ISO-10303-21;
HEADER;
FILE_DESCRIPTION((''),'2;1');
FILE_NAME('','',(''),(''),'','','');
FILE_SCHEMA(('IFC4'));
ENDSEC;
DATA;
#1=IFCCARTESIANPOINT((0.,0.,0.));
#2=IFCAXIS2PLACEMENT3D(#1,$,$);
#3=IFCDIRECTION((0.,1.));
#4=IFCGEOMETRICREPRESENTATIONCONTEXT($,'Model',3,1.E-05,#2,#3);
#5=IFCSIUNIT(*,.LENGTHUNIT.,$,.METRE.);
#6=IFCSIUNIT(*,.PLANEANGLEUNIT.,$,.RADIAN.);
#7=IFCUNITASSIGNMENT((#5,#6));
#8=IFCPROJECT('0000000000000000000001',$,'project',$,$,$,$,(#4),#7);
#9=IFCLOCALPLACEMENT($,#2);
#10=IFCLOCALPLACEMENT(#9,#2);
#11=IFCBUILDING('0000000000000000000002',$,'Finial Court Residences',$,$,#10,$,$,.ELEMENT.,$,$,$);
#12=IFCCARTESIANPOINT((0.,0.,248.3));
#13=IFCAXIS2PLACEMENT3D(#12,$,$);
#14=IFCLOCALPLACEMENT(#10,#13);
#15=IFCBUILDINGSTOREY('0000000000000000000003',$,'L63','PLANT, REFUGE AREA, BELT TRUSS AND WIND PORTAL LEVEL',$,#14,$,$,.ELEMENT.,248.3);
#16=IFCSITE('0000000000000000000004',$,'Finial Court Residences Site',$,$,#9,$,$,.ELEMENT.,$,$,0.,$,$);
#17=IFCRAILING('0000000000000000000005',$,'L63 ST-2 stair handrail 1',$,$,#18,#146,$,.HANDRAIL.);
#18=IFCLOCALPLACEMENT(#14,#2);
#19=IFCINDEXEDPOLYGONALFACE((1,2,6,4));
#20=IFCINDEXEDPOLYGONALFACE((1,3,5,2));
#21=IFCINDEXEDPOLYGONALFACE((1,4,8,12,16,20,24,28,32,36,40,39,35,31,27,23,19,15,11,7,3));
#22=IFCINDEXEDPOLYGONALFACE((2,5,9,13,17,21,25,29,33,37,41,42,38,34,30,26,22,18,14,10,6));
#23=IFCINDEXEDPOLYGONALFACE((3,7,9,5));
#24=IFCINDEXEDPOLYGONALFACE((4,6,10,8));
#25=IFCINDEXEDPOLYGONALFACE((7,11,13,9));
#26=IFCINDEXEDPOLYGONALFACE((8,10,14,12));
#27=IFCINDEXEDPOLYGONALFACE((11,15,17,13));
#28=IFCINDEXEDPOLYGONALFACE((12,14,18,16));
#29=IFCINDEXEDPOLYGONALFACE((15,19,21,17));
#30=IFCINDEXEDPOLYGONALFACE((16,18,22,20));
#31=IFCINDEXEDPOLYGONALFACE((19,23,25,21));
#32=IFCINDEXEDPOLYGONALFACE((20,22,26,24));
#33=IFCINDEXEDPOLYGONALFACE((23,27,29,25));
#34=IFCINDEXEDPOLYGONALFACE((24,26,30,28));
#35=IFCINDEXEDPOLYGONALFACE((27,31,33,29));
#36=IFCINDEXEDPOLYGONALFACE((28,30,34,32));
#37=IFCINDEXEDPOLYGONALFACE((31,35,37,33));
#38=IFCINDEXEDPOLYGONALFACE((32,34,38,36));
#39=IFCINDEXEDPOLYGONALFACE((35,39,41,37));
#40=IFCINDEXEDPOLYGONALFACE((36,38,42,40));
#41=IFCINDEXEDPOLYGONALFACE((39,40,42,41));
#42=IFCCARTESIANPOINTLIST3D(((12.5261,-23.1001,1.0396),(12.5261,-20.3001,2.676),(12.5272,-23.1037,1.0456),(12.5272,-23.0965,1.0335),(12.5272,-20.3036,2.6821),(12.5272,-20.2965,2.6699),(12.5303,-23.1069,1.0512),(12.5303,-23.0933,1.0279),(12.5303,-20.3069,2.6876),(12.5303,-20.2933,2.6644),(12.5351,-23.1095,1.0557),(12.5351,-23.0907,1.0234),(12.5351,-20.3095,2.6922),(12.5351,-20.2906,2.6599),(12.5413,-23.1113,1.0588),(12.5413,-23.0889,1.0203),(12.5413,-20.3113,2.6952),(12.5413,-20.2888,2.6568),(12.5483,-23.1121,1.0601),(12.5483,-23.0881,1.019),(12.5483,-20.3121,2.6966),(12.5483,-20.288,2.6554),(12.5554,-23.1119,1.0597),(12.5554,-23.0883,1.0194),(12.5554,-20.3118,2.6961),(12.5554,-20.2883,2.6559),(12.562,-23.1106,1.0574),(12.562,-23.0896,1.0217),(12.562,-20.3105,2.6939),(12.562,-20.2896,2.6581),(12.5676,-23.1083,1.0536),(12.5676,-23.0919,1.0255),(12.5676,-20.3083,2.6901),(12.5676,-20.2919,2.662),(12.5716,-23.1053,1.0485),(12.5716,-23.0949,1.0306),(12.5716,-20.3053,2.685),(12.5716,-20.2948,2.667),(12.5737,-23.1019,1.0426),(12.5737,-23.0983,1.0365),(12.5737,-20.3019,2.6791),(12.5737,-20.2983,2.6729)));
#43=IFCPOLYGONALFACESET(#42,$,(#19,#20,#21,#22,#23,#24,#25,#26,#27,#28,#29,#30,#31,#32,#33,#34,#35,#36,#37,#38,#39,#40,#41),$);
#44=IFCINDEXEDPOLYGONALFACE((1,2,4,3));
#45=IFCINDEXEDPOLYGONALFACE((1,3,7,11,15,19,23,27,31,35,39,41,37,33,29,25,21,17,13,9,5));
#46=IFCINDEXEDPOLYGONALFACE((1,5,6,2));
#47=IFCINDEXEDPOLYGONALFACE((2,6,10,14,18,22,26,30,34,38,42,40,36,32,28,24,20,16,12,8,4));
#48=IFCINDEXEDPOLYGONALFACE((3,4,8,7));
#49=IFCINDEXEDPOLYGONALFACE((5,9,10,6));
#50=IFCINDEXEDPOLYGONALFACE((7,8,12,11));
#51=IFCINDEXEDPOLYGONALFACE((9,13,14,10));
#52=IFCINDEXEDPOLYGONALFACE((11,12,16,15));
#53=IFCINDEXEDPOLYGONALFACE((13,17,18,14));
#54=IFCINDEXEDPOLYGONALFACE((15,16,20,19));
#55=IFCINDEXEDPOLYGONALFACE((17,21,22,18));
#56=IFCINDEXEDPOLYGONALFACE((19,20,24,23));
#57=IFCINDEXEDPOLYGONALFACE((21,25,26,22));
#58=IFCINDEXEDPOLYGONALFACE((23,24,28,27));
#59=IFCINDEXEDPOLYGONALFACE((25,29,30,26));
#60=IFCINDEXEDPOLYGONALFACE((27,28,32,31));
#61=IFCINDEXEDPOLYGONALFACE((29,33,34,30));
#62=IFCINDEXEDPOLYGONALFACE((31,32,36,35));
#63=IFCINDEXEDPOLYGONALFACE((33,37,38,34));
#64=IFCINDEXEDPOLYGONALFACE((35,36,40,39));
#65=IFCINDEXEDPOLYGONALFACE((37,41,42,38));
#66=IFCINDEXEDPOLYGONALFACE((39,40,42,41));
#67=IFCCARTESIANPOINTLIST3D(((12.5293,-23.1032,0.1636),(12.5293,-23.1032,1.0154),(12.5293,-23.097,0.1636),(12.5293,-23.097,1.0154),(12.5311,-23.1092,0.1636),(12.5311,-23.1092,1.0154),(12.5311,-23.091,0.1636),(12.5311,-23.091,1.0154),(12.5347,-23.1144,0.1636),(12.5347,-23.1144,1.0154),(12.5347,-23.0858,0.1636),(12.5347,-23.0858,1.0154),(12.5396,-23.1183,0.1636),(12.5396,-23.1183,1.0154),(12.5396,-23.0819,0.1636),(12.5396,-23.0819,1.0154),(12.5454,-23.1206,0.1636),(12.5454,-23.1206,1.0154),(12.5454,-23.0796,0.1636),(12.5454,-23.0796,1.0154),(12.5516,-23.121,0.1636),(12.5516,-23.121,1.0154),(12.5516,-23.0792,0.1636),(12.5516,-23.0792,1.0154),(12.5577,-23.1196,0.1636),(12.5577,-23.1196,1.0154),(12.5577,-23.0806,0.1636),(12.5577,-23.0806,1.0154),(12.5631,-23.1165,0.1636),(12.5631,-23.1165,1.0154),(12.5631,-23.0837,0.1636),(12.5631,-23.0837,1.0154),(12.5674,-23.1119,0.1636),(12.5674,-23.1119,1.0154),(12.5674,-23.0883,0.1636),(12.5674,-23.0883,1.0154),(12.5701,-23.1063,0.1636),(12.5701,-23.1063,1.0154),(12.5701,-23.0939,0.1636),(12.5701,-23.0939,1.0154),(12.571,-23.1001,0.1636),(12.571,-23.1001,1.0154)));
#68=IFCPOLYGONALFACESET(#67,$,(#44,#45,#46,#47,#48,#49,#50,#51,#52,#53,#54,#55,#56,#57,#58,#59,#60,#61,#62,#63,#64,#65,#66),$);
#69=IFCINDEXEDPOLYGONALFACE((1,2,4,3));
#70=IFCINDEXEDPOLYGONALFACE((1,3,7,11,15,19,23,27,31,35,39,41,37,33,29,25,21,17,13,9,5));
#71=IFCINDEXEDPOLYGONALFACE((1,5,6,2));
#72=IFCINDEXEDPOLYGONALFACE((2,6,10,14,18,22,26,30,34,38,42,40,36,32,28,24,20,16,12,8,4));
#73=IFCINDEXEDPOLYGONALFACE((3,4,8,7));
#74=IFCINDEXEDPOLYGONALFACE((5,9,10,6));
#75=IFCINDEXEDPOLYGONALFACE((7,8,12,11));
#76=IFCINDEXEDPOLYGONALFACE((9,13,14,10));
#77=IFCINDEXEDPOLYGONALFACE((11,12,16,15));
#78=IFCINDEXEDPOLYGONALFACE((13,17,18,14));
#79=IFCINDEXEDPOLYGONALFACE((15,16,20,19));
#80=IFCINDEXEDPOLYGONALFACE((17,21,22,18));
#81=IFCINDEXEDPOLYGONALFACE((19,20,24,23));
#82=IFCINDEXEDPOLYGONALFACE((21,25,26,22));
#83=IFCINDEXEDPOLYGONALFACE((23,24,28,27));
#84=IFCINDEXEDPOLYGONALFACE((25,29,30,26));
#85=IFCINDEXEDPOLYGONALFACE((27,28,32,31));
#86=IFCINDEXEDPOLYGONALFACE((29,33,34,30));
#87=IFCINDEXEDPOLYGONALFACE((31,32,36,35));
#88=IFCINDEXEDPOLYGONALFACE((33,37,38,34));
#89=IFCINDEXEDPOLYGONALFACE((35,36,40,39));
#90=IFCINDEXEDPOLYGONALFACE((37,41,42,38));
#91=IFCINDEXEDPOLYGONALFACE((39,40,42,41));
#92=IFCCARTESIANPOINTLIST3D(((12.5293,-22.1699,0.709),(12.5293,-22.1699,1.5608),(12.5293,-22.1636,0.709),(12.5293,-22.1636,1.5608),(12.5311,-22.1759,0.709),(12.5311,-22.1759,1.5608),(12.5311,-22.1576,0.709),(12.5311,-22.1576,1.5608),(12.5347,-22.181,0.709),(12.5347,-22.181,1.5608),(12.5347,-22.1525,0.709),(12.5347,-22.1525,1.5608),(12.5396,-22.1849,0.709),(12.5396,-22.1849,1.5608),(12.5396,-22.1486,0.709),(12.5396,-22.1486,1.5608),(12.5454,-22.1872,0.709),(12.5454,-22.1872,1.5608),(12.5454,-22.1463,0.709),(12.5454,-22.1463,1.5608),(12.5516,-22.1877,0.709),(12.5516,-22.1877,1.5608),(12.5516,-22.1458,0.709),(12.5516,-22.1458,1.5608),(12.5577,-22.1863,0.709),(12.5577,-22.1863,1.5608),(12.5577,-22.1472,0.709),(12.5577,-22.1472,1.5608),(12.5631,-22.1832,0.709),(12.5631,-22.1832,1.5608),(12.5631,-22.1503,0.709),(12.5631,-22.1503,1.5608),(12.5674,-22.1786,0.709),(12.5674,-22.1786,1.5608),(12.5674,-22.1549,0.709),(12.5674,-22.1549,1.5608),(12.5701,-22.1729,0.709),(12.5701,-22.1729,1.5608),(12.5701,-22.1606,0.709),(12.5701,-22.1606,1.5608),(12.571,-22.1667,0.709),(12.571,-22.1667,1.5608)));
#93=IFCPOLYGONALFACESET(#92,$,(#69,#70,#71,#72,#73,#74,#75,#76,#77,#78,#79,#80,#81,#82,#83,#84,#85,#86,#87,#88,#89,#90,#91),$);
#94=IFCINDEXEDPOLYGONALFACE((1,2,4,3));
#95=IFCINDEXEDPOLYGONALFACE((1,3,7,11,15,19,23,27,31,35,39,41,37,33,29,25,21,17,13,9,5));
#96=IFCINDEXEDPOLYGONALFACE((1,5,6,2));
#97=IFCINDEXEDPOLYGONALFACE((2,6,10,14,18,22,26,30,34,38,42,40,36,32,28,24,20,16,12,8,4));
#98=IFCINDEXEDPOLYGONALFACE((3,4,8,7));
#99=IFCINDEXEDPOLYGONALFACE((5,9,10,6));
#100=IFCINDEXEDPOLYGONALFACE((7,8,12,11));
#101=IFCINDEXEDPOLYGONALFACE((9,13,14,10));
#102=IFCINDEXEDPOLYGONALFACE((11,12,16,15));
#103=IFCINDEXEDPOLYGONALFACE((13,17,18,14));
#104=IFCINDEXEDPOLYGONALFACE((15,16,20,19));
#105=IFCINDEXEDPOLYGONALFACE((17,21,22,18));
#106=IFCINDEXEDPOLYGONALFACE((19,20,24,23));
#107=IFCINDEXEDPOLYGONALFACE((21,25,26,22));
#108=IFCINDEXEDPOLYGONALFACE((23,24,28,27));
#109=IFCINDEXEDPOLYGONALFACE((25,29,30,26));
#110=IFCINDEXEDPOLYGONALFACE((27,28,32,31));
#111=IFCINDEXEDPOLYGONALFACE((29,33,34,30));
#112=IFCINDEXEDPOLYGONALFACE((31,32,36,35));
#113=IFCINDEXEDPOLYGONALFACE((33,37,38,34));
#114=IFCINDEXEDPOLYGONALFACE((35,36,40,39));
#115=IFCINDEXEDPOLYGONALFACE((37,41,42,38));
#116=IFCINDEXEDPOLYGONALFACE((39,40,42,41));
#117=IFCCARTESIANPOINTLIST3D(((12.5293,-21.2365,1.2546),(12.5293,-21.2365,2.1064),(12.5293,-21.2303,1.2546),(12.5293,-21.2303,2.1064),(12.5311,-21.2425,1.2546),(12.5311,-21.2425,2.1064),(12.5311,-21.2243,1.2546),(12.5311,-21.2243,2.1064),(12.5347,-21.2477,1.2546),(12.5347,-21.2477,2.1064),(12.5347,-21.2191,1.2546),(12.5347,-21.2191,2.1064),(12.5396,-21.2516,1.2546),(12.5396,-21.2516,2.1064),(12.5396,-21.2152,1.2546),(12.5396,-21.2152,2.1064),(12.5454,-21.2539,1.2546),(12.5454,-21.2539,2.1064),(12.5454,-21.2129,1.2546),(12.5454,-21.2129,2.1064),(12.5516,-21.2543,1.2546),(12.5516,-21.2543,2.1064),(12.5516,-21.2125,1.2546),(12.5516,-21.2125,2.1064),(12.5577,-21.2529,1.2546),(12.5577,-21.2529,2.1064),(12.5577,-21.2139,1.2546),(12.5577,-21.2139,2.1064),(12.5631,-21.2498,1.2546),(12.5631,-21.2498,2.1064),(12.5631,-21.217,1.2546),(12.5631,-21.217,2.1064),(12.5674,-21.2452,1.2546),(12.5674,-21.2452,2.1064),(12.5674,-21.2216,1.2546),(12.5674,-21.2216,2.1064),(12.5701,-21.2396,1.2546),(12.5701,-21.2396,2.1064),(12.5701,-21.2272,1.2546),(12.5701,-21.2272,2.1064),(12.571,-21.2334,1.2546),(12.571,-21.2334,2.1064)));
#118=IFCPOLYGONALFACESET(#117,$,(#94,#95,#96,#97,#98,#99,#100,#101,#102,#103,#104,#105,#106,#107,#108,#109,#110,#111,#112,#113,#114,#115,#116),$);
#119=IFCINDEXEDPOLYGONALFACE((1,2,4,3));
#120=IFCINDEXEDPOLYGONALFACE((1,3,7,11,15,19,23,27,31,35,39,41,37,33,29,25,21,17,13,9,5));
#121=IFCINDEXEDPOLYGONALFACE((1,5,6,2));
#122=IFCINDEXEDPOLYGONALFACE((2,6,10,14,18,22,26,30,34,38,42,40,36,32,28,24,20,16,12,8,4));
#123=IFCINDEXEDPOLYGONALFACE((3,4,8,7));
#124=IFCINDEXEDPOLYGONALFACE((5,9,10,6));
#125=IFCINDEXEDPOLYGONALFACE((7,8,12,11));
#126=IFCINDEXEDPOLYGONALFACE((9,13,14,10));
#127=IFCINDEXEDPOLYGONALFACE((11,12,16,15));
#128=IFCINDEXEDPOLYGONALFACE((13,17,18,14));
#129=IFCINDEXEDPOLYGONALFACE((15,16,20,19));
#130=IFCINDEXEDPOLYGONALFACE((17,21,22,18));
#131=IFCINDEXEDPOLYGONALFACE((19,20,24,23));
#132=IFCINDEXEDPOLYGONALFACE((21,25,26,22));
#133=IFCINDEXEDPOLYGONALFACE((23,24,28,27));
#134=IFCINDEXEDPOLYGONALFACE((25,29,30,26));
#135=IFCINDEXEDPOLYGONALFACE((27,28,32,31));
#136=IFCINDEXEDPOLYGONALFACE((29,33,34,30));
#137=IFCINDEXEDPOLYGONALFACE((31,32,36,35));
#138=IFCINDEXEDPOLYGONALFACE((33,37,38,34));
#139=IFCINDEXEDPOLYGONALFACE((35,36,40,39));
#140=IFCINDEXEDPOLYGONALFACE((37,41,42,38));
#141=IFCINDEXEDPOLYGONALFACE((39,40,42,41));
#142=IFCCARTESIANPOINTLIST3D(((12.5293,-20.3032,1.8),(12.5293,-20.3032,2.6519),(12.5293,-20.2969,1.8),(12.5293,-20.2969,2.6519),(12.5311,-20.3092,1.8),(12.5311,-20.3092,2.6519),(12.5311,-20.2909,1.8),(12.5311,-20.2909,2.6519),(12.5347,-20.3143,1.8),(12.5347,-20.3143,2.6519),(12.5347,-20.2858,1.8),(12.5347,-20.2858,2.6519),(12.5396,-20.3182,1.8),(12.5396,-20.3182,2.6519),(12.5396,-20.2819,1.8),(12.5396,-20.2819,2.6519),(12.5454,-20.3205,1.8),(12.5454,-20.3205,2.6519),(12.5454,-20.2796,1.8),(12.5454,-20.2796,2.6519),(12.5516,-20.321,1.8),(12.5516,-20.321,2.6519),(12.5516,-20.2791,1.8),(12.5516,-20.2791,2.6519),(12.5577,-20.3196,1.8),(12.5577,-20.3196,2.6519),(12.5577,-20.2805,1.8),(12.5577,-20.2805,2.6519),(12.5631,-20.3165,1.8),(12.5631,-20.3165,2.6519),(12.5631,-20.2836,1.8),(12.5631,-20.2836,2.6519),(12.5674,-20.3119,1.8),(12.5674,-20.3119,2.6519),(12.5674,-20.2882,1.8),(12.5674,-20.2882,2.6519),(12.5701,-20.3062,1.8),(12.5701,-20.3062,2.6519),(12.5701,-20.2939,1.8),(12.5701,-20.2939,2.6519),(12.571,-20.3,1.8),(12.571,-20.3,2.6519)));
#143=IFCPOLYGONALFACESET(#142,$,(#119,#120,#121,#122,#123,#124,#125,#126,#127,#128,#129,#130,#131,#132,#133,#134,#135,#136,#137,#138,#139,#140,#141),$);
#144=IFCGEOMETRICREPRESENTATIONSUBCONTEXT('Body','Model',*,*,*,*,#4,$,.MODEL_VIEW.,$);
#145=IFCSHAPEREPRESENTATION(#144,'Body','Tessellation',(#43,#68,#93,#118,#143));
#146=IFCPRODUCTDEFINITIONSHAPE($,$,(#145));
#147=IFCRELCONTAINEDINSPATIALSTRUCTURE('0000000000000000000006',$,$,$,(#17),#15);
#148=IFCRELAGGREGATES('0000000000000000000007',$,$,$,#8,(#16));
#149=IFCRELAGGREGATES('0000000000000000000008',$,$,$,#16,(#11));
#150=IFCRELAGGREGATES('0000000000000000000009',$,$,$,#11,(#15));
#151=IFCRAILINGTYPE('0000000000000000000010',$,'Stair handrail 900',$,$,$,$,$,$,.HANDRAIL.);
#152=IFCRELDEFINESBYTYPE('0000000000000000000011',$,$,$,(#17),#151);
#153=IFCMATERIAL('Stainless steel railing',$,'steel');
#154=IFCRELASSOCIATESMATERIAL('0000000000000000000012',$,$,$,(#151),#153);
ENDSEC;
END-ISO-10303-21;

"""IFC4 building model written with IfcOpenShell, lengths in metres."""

from ifc_helpers import new_model, si_unit, direction, frame, origin, origin_2d, place, context, subcontext, project, spatial, circle, extrude, material, type_object, element, save


model = new_model("IFC4")

# Units and contexts
model_context = context("Model", 3, precision=1e-05, world=origin(), true_north=direction((0.0, 1.0)))
body_context = subcontext(model_context, "Body", "Model", "MODEL_VIEW")
ifc_project = project(units=[si_unit("LENGTHUNIT", "METRE"), si_unit("PLANEANGLEUNIT", "RADIAN")], contexts=[model_context])

# Site, building, storey
site_placement = place(None, origin())
site = spatial("IfcSite", under=ifc_project, at=site_placement, Name="Finial Court Residences Site", CompositionType="ELEMENT", RefElevation=0.0)
building_placement = place(site_placement, origin())
building = spatial("IfcBuilding", under=site, at=building_placement, Name="Finial Court Residences", CompositionType="ELEMENT")
storey_placement = place(building_placement, frame((0.0, 0.0, 248.3)))
storey = spatial("IfcBuildingStorey", under=building, at=storey_placement, Name="L63", Description="PLANT, REFUGE AREA, BELT TRUSS AND WIND PORTAL LEVEL", CompositionType="ELEMENT", Elevation=248.3)

# Railing
ifc_material_1 = material(Name="Stainless steel railing", Category="steel")
railing_type_1 = type_object("IfcRailingType", Name="Stair handrail 900", PredefinedType="HANDRAIL", material=ifc_material_1)
railing_1_placement = place(storey_placement, frame((12.55, -23.1001, 0.1636)))
element("IfcRailing", 1, at=railing_1_placement, inside=storey, type_object=railing_type_1, Name="L63 ST-2 stair handrail 1", PredefinedType="HANDRAIL", context=body_context, shape_type="SweptSolid", body=[
    extrude(circle(Radius=0.0239, at=origin_2d()), frame((0.0, 0.0, 0.876), z_axis=(0.0, 0.863361, 0.504587), x_axis=(-1.0, 0.0, 0.0)), (0.0, 0.0, 1.0), 3.2432),
    extrude(circle(Radius=0.021, at=origin_2d()), origin(), (0.0, 0.0, 1.0), 0.8518),
    extrude(circle(Radius=0.021, at=origin_2d()), frame((0.0, 0.9333, 0.5454)), (0.0, 0.0, 1.0), 0.8518),
    extrude(circle(Radius=0.021, at=origin_2d()), frame((0.0, 1.8667, 1.0911)), (0.0, 0.0, 1.0), 0.8518),
    extrude(circle(Radius=0.021, at=origin_2d()), frame((0.0, 2.8, 1.6365)), (0.0, 0.0, 1.0), 0.8518),
])

save(model, "model.ifc")
